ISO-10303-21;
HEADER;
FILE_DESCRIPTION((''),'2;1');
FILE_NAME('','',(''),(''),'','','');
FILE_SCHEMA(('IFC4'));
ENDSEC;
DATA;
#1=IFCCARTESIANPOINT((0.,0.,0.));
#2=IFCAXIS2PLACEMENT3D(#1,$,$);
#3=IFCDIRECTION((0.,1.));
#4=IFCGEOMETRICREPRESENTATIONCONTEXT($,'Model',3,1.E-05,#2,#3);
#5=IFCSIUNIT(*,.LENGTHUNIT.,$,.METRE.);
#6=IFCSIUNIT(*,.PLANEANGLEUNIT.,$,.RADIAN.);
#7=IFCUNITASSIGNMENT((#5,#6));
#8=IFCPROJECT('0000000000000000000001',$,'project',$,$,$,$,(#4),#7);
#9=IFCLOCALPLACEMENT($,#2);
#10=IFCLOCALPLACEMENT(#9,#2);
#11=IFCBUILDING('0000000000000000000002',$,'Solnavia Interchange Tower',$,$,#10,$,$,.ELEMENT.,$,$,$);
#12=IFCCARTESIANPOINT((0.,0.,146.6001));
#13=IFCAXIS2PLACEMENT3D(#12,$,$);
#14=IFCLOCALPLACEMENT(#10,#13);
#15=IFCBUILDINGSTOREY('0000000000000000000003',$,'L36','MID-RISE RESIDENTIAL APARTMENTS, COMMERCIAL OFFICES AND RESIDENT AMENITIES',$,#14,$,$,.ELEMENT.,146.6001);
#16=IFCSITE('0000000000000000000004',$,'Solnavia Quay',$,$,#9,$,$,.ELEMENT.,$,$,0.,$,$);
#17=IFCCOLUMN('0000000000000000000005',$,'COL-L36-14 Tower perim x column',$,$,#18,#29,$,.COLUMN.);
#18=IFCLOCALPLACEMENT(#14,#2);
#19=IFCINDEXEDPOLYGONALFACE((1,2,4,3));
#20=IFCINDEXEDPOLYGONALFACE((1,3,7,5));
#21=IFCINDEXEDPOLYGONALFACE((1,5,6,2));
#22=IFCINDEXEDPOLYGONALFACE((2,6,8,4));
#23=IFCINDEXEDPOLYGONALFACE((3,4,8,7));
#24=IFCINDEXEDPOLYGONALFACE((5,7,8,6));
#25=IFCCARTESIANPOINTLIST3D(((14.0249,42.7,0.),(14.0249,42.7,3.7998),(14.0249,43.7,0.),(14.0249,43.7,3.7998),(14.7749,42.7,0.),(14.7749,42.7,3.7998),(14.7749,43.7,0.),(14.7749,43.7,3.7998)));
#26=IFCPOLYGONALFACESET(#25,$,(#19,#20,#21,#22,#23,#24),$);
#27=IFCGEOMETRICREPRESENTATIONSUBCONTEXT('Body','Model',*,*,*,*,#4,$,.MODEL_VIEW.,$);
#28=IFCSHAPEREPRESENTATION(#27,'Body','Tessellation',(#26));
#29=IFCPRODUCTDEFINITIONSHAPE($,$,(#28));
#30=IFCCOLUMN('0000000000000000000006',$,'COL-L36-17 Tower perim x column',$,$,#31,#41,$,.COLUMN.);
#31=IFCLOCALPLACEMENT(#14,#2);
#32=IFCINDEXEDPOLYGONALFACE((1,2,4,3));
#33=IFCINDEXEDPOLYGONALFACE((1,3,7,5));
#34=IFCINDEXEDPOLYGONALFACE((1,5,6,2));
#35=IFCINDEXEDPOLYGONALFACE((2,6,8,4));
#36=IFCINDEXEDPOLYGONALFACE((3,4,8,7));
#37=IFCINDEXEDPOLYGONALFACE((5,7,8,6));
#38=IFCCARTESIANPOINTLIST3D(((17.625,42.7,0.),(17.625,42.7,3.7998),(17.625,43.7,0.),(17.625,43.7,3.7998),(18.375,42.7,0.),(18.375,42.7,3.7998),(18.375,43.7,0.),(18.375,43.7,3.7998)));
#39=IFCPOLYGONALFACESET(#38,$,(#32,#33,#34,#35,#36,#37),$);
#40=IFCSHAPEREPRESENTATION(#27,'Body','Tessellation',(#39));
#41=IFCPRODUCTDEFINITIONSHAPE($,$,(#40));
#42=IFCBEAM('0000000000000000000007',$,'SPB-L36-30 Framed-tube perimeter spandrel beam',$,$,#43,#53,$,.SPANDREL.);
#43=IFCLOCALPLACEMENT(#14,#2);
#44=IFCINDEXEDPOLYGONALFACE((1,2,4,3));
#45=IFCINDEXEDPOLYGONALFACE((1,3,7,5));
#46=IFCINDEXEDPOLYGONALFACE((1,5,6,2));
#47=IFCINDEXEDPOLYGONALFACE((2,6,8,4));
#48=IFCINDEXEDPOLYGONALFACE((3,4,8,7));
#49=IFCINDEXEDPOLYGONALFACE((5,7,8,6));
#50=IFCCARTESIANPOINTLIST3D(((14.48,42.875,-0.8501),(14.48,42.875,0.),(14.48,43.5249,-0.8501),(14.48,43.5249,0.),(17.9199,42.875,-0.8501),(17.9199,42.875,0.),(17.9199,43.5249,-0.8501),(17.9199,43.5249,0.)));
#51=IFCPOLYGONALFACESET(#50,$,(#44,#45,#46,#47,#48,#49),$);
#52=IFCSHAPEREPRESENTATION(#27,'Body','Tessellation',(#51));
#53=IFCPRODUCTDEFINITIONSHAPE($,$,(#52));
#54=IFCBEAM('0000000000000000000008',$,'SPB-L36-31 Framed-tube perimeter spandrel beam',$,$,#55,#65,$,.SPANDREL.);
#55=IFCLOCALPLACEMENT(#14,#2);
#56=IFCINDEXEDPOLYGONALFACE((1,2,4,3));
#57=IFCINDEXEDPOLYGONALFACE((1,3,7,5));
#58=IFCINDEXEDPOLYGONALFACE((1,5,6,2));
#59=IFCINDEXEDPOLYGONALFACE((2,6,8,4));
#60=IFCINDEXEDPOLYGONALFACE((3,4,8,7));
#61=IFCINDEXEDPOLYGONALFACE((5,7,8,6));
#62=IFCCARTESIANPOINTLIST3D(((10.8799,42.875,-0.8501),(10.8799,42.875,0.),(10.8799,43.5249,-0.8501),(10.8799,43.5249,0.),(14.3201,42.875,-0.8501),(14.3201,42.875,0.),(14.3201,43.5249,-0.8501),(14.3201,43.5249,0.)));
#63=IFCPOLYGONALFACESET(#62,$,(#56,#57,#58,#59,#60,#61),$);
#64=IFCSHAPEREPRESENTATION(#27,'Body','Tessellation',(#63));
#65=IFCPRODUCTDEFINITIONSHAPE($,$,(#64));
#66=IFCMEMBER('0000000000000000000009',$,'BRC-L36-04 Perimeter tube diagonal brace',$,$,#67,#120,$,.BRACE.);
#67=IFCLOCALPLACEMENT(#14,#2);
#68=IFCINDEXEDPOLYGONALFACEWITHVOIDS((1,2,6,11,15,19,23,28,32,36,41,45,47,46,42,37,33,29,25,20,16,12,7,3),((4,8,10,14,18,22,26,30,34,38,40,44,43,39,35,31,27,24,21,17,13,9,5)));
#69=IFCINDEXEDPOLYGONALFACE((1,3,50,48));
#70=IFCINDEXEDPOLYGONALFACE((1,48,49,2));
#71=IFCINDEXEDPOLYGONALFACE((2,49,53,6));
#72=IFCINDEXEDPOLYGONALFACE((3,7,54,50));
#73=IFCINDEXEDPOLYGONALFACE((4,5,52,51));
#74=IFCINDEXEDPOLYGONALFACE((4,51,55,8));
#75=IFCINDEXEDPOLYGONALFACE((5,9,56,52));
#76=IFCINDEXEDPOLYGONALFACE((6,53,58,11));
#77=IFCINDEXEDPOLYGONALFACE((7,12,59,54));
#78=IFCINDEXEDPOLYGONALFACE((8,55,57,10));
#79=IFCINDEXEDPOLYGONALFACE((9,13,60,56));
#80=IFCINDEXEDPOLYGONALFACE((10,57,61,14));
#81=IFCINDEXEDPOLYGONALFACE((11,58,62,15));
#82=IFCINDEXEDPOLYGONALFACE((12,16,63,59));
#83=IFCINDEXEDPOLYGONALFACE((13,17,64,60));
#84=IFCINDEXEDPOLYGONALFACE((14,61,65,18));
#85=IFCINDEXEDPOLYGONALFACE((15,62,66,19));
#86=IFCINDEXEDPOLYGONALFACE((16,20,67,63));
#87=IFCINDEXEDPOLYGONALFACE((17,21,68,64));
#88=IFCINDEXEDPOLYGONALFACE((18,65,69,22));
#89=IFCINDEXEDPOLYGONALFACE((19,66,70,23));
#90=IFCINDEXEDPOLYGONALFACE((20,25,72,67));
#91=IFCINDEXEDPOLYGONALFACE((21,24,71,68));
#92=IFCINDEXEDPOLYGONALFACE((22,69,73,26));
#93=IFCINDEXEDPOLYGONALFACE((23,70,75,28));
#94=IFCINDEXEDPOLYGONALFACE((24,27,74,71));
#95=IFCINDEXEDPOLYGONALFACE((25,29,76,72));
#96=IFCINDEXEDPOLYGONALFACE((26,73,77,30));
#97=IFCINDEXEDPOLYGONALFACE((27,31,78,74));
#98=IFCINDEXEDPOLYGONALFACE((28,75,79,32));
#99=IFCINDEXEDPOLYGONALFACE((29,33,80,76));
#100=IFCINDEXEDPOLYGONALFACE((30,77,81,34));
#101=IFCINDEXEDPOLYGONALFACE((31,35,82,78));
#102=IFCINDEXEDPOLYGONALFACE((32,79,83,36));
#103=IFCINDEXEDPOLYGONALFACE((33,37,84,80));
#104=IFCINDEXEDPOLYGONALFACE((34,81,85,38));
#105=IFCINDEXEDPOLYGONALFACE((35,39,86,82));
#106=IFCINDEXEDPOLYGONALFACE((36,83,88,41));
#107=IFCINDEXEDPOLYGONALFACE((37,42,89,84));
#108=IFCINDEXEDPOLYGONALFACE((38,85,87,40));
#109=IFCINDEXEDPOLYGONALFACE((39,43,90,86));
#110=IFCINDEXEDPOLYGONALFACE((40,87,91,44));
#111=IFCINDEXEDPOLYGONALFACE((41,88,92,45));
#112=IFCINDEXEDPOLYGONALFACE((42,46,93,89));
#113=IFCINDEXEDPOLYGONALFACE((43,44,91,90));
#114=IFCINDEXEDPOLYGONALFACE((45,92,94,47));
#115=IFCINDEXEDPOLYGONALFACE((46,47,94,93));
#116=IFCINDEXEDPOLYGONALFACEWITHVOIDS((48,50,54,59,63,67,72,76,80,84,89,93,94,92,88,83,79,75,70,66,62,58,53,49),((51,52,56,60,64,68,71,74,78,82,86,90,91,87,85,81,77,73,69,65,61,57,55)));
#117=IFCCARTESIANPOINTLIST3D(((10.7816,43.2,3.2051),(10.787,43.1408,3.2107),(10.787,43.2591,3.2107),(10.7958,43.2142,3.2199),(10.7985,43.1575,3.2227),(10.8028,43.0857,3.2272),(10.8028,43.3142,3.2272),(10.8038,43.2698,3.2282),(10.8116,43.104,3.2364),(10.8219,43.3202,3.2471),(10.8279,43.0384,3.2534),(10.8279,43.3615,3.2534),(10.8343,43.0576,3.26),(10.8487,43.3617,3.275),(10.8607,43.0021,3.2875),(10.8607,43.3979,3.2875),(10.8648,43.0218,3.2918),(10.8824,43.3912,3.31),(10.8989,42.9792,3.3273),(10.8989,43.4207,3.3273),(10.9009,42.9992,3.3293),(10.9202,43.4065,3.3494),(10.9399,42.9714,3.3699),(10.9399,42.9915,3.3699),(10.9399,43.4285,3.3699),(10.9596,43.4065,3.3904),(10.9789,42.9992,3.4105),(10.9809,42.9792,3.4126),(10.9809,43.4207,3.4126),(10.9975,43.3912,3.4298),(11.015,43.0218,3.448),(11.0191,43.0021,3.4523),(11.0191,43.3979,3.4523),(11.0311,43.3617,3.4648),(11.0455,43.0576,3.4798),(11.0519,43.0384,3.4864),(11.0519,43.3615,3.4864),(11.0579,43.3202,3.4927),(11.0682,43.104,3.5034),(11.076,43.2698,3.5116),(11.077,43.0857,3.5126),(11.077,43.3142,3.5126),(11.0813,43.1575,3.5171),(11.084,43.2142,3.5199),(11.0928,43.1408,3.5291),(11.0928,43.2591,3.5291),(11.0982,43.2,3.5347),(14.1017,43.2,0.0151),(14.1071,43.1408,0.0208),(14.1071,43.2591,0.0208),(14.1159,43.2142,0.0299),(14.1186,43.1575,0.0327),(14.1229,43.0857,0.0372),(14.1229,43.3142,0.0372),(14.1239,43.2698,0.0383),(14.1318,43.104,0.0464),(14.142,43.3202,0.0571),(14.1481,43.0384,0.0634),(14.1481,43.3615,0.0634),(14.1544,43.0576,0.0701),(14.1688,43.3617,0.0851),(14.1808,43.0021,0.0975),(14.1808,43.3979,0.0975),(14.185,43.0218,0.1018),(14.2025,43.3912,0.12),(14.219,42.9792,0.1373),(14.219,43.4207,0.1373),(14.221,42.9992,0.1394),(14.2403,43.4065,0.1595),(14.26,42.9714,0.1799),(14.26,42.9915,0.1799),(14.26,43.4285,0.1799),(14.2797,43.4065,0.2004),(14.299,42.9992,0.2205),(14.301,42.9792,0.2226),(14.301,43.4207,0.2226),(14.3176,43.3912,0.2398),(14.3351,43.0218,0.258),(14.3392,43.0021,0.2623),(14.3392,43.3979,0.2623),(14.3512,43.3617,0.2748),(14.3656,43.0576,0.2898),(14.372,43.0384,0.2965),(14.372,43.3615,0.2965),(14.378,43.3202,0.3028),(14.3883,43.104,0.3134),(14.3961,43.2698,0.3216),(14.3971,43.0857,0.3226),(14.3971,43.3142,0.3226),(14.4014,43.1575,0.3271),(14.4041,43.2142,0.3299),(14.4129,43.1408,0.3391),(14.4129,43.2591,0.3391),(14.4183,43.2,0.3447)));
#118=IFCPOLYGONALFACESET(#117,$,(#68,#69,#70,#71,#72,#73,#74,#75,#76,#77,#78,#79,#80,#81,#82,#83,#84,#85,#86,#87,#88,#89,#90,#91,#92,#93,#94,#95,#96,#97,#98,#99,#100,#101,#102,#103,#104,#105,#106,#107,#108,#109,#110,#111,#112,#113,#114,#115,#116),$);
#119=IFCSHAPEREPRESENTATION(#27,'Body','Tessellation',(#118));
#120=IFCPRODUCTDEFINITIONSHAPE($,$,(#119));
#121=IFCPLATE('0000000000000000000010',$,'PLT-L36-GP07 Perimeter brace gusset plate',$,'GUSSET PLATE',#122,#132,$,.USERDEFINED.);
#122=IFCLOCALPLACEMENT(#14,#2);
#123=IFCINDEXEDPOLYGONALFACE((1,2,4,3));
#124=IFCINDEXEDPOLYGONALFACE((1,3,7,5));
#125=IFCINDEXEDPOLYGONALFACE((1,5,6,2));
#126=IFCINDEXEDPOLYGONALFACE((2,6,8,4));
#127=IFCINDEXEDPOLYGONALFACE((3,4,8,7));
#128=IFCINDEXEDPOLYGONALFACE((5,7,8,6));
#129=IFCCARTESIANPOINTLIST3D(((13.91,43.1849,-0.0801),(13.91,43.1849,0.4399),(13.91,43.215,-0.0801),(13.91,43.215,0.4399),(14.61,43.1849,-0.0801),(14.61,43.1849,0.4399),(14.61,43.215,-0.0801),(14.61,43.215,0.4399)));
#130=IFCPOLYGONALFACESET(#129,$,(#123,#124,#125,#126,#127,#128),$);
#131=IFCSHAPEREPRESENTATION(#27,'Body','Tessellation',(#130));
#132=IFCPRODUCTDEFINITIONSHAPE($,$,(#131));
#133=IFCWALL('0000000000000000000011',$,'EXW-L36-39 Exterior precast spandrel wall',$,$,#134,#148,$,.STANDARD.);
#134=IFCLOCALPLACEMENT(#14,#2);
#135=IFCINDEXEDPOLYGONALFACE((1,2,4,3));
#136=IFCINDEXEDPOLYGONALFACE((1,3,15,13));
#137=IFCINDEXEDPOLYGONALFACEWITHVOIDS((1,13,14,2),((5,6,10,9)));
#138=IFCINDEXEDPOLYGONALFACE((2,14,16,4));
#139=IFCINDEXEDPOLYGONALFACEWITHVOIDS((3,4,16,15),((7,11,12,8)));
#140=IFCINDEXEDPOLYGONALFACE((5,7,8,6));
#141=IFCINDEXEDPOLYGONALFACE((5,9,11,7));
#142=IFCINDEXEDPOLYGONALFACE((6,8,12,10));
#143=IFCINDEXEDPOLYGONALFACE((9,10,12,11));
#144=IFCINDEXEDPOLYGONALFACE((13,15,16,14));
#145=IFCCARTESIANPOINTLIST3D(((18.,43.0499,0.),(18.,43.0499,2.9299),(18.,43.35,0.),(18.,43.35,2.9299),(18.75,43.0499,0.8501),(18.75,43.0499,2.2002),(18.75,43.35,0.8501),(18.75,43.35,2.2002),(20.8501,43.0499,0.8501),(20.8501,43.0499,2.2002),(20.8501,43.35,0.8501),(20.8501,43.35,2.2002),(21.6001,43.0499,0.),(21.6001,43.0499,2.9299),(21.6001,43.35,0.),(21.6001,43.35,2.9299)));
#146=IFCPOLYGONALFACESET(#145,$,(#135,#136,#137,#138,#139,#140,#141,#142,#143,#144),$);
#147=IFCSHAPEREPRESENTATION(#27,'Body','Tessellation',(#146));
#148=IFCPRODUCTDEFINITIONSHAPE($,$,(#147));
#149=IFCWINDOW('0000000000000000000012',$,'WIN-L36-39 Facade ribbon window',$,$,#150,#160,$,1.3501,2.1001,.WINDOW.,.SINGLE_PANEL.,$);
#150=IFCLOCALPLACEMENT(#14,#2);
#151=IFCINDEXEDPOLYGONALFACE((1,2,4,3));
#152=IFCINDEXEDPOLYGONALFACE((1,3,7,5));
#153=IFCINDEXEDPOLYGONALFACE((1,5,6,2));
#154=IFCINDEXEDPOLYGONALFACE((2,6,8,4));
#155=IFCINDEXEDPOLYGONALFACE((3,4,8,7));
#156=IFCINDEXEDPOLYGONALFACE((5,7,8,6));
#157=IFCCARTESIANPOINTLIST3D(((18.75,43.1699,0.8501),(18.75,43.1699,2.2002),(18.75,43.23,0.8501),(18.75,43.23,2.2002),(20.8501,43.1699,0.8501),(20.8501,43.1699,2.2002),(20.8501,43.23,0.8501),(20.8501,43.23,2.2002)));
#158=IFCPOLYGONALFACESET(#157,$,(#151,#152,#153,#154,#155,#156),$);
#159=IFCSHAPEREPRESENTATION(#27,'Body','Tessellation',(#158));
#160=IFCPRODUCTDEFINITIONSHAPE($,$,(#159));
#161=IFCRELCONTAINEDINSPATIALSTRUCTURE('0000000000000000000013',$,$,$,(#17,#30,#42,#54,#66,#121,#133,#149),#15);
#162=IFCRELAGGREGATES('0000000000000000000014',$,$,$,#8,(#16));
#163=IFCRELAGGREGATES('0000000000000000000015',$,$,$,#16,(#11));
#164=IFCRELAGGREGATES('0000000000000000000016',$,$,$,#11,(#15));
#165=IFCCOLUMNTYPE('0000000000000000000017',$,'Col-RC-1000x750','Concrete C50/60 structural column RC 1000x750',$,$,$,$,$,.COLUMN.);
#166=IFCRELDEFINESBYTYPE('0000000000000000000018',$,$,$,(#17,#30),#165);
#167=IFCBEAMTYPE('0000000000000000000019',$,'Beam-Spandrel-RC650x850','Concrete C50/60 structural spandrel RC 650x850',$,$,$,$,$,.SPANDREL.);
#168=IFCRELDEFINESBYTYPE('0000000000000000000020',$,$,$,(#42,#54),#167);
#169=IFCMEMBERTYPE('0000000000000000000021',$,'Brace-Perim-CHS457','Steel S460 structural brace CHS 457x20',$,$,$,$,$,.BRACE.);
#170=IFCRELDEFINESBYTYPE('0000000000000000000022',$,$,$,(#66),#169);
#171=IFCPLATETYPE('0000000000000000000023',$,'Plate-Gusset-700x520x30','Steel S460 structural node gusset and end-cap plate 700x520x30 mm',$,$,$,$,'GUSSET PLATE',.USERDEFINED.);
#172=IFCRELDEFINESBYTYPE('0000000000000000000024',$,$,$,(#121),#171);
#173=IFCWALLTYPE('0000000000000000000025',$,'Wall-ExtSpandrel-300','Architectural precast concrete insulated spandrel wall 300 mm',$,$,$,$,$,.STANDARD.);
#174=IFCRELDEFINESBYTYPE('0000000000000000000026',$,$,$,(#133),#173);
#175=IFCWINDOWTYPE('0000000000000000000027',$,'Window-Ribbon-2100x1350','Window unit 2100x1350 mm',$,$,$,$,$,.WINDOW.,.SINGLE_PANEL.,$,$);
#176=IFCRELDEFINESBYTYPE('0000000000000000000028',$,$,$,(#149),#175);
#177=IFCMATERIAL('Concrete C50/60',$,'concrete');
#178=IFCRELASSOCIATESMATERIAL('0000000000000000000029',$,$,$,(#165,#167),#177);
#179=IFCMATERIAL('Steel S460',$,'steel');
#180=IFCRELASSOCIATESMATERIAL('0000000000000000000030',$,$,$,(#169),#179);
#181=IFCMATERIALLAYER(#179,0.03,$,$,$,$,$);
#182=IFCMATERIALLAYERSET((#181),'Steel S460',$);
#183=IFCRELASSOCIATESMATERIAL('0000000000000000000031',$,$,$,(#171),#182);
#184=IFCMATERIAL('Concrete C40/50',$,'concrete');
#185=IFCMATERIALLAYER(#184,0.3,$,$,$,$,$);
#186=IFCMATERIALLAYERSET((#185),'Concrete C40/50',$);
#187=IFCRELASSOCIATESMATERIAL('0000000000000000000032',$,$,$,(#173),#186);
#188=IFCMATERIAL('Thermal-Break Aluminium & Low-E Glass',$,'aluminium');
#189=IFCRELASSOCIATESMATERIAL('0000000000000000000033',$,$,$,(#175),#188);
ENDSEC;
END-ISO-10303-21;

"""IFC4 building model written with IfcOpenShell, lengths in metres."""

from ifc_helpers import new_model, si_unit, direction, frame, frame_2d, origin, origin_2d, place, context, subcontext, project, spatial, rectangle, hollow_circle, extrude, material, layer, layer_set, material_profile, profile_set, type_object, element, fill, save


model = new_model("IFC4")

# Units and contexts
model_context = context("Model", 3, precision=1e-05, world=origin(), true_north=direction((0.0, 1.0)))
body_context = subcontext(model_context, "Body", "Model", "MODEL_VIEW")
ifc_project = project(units=[si_unit("LENGTHUNIT", "METRE"), si_unit("PLANEANGLEUNIT", "RADIAN")], contexts=[model_context])

# Site, building, storey
site_placement = place(None, origin())
site = spatial("IfcSite", under=ifc_project, at=site_placement, Name="Solnavia Quay", CompositionType="ELEMENT", RefElevation=0.0)
building_placement = place(site_placement, origin())
building = spatial("IfcBuilding", under=site, at=building_placement, Name="Solnavia Interchange Tower", CompositionType="ELEMENT")
storey_placement = place(building_placement, frame((0.0, 0.0, 146.6001)))
storey = spatial("IfcBuildingStorey", under=building, at=storey_placement, Name="L36", Description="MID-RISE RESIDENTIAL APARTMENTS, COMMERCIAL OFFICES AND RESIDENT AMENITIES", CompositionType="ELEMENT", Elevation=146.6001)

# Columns
ifc_material_1 = material(Name="Concrete C50/60", Category="concrete")
ifc_material_profile_1 = material_profile(ifc_material_1, rectangle(XDim=0.75, YDim=1.0, at=origin_2d()), Name="RC 1000x750")
ifc_profile_set_1 = profile_set([ifc_material_profile_1], Name="Concrete C50/60")
column_type = type_object("IfcColumnType", Name="Col-RC-1000x750", Description="Concrete C50/60 structural column RC 1000x750", PredefinedType="COLUMN", material=ifc_profile_set_1)
for number, where, z_axis, x_axis, name in (
    (1, (14.3999, 43.2, 0.0), (0.0, 0.0, 1.0), (1.0, 0.0, 0.0), "COL-L36-14 Tower perim x column"),
    (2, (18.0, 43.2, 0.0), (0.0, 0.0, 1.0), (1.0, 0.0, 0.0), "COL-L36-17 Tower perim x column"),
):
    element("IfcColumn", number, at=place(storey_placement, frame(where, z_axis=z_axis, x_axis=x_axis)), inside=storey, type_object=column_type, Name=name, PredefinedType="COLUMN", context=body_context, shape_type="SweptSolid", body=[
        extrude(rectangle(XDim=0.75, YDim=1.0, at=origin_2d()), origin(), (0.0, 0.0, 1.0), 3.7998),
    ])

# Beams
ifc_material_profile_2 = material_profile(ifc_material_1, rectangle(XDim=0.6499, YDim=0.8501, at=origin_2d()), Name="RC 650x850")
ifc_profile_set_2 = profile_set([ifc_material_profile_2], Name="Concrete C50/60")
beam_type = type_object("IfcBeamType", Name="Beam-Spandrel-RC650x850", Description="Concrete C50/60 structural spandrel RC 650x850", PredefinedType="SPANDREL", material=ifc_profile_set_2)
beam_1_placement = place(storey_placement, frame((17.9199, 43.2, -0.425), z_axis=(-1.0, 0.0, 0.0), x_axis=(0.0, -1.0, 0.0)))
element("IfcBeam", 3, at=beam_1_placement, inside=storey, type_object=beam_type, Name="SPB-L36-30 Framed-tube perimeter spandrel beam", PredefinedType="SPANDREL", context=body_context, shape_type="SweptSolid", body=[
    extrude(rectangle(XDim=0.6499, YDim=0.8501, at=origin_2d()), origin(), (0.0, 0.0, 1.0), 3.4399),
])
beam_2_placement = place(storey_placement, frame((14.3201, 43.2, -0.425), z_axis=(-1.0, 0.0, 0.0), x_axis=(0.0, -1.0, 0.0)))
element("IfcBeam", 4, at=beam_2_placement, inside=storey, type_object=beam_type, Name="SPB-L36-31 Framed-tube perimeter spandrel beam", PredefinedType="SPANDREL", context=body_context, shape_type="SweptSolid", body=[
    extrude(rectangle(XDim=0.6499, YDim=0.8501, at=origin_2d()), origin(), (0.0, 0.0, 1.0), 3.4402),
])

# Member
ifc_material_2 = material(Name="Steel S460", Category="steel")
ifc_material_profile_3 = material_profile(ifc_material_2, hollow_circle(Radius=0.2285, WallThickness=0.02, at=origin_2d()), Name="CHS 457x20")
ifc_profile_set_3 = profile_set([ifc_material_profile_3], Name="Steel S460")
member_type = type_object("IfcMemberType", Name="Brace-Perim-CHS457", Description="Steel S460 structural brace CHS 457x20", PredefinedType="BRACE", material=ifc_profile_set_3)
member_placement = place(storey_placement, frame((14.26, 43.2, 0.1799), z_axis=(-0.721097, 0.0, 0.692834), x_axis=(0.0, -1.0, 0.0)))
element("IfcMember", 5, at=member_placement, inside=storey, type_object=member_type, Name="BRC-L36-04 Perimeter tube diagonal brace", PredefinedType="BRACE", context=body_context, shape_type="SweptSolid", body=[
    extrude(hollow_circle(Radius=0.2285, WallThickness=0.02, at=origin_2d()), origin(), (0.0, 0.0, 1.0), 4.6042),
])

# Plate
ifc_layer_1 = layer(ifc_material_2, 0.03)
ifc_layer_set_1 = layer_set([ifc_layer_1], Name="Steel S460")
plate_type = type_object("IfcPlateType", Name="Plate-Gusset-700x520x30", Description="Steel S460 structural node gusset and end-cap plate 700x520x30 mm", ElementType="GUSSET PLATE", PredefinedType="USERDEFINED", material=ifc_layer_set_1)
plate_placement = place(storey_placement, frame((14.26, 43.2, -0.0801), z_axis=(0.0, 0.0, 1.0), x_axis=(-1.0, 0.0, 0.0)))
element("IfcPlate", 6, at=plate_placement, inside=storey, type_object=plate_type, Name="PLT-L36-GP07 Perimeter brace gusset plate", ObjectType="GUSSET PLATE", PredefinedType="USERDEFINED", context=body_context, shape_type="SweptSolid", body=[
    extrude(rectangle(XDim=0.7, YDim=0.03, at=origin_2d()), origin(), (0.0, 0.0, 1.0), 0.52),
])

# Wall, opening, window
ifc_material_3 = material(Name="Concrete C40/50", Category="concrete")
ifc_layer_2 = layer(ifc_material_3, 0.3)
ifc_layer_set_2 = layer_set([ifc_layer_2], Name="Concrete C40/50")
wall_type_1 = type_object("IfcWallType", Name="Wall-ExtSpandrel-300", Description="Architectural precast concrete insulated spandrel wall 300 mm", PredefinedType="STANDARD", material=ifc_layer_set_2)
wall_1_placement = place(storey_placement, frame((18.0, 43.2, 0.0), z_axis=(0.0, 0.0, 1.0), x_axis=(1.0, 0.0, 0.0)))
wall_1 = element("IfcWall", 7, at=wall_1_placement, inside=storey, type_object=wall_type_1, Name="EXW-L36-39 Exterior precast spandrel wall", PredefinedType="STANDARD", context=body_context, shape_type="SweptSolid", body=[
    extrude(rectangle(XDim=3.6001, YDim=0.3, at=frame_2d((1.8, 0.0))), origin(), (0.0, 0.0, 1.0), 2.9299),
])
opening_1_placement = place(wall_1_placement, frame((0.75, 0.0, 0.8501)))
opening_1 = element("IfcOpeningElement", 8, at=opening_1_placement, cuts=wall_1, PredefinedType="OPENING", context=body_context, shape_type="SweptSolid", body=[
    extrude(rectangle(XDim=2.1001, YDim=1.3501, at=frame_2d((1.05, 0.675))), frame((0.0, 0.1602, 0.0), z_axis=(0.0, -1.0, 0.0), x_axis=(1.0, 0.0, 0.0)), (0.0, 0.0, 1.0), 0.3201),
])
ifc_material_4 = material(Name="Thermal-Break Aluminium & Low-E Glass", Category="aluminium")
window_type = type_object("IfcWindowType", Name="Window-Ribbon-2100x1350", Description="Window unit 2100x1350 mm", PartitioningType="SINGLE_PANEL", PredefinedType="WINDOW", material=ifc_material_4)
window_1_placement = place(opening_1_placement, origin())
window_1 = element("IfcWindow", 9, at=window_1_placement, inside=storey, type_object=window_type, Name="WIN-L36-39 Facade ribbon window", OverallHeight=1.3501, OverallWidth=2.1001, PartitioningType="SINGLE_PANEL", PredefinedType="WINDOW", context=body_context, shape_type="SweptSolid", body=[
    extrude(rectangle(XDim=2.1001, YDim=1.3501, at=frame_2d((1.05, 0.675))), frame((0.0, 0.03, 0.0), z_axis=(0.0, -1.0, 0.0), x_axis=(1.0, 0.0, 0.0)), (0.0, 0.0, 1.0), 0.0601),
])
fill(opening_1, window_1)

save(model, "model.ifc")
